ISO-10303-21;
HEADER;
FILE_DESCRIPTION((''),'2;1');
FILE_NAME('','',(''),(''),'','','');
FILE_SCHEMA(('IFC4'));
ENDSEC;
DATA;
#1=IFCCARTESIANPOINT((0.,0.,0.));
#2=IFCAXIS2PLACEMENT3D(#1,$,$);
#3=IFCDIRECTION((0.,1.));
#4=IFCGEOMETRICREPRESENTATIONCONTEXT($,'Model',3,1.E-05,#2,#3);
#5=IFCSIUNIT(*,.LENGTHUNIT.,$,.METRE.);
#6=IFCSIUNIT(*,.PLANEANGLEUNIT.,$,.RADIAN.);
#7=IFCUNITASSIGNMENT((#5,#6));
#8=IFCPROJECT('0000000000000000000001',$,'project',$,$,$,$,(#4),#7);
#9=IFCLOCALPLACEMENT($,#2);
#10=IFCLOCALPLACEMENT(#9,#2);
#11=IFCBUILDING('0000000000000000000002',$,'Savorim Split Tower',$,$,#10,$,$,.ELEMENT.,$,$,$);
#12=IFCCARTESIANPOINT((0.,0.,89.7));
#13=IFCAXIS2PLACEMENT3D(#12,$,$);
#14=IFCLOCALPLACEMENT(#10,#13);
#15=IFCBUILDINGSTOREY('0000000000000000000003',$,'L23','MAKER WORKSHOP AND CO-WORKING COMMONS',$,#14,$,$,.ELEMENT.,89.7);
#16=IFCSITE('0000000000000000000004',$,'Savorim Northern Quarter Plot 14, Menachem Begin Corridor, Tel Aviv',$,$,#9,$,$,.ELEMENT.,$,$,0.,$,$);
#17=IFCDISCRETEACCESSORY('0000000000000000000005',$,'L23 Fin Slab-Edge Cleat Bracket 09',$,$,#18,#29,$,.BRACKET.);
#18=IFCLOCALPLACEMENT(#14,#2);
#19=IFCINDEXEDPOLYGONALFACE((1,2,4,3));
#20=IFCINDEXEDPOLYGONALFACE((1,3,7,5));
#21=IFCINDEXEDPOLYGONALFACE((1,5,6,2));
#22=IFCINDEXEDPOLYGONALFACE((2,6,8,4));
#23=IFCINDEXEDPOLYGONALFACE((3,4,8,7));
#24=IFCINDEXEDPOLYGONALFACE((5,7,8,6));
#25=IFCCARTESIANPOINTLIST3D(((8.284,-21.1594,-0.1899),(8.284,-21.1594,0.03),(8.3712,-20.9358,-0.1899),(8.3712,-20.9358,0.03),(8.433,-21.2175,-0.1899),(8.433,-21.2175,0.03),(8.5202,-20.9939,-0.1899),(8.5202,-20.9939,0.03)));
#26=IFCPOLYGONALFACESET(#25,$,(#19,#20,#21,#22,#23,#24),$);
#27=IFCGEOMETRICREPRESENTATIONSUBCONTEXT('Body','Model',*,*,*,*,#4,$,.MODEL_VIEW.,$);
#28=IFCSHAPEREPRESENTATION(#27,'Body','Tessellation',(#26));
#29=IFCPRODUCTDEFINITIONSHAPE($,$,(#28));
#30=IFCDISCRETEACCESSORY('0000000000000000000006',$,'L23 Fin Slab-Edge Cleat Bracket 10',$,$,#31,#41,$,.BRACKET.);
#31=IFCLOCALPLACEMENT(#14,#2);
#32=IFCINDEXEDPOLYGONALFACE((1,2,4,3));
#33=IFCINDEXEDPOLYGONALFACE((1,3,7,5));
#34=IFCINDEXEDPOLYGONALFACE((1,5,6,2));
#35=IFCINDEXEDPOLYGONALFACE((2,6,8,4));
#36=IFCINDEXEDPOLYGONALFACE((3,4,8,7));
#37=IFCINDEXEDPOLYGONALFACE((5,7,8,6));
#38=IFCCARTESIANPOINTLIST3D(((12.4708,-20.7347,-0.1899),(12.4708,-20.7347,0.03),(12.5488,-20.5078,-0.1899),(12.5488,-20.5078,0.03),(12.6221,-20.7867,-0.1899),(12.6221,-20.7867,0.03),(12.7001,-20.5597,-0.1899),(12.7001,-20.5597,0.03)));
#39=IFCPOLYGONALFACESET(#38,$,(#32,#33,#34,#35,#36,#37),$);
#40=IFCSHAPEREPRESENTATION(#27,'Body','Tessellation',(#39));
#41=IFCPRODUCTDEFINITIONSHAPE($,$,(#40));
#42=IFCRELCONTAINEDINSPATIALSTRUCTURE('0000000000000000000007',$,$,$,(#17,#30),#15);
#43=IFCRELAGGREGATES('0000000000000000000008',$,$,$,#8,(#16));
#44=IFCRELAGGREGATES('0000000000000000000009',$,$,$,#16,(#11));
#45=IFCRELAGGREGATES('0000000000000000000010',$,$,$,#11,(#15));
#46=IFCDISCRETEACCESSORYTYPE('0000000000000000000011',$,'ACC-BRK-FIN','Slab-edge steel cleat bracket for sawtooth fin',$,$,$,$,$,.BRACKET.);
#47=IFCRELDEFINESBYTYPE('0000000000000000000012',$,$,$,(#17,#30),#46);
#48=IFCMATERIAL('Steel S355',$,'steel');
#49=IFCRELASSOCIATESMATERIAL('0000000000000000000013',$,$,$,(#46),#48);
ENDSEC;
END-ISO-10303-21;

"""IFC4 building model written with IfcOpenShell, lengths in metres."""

from ifc_helpers import new_model, si_unit, direction, frame, origin, origin_2d, place, context, subcontext, project, spatial, rectangle, extrude, material, type_object, element, save


model = new_model("IFC4")

# Units and contexts
model_context = context("Model", 3, precision=1e-05, world=origin(), true_north=direction((0.0, 1.0)))
body_context = subcontext(model_context, "Body", "Model", "MODEL_VIEW")
ifc_project = project(units=[si_unit("LENGTHUNIT", "METRE"), si_unit("PLANEANGLEUNIT", "RADIAN")], contexts=[model_context])

# Site, building, storey
site_placement = place(None, origin())
site = spatial("IfcSite", under=ifc_project, at=site_placement, Name="Savorim Northern Quarter Plot 14, Menachem Begin Corridor, Tel Aviv", CompositionType="ELEMENT", RefElevation=0.0)
building_placement = place(site_placement, origin())
building = spatial("IfcBuilding", under=site, at=building_placement, Name="Savorim Split Tower", CompositionType="ELEMENT")
storey_placement = place(building_placement, frame((0.0, 0.0, 89.7)))
storey = spatial("IfcBuildingStorey", under=building, at=storey_placement, Name="L23", Description="MAKER WORKSHOP AND CO-WORKING COMMONS", CompositionType="ELEMENT", Elevation=89.7)

# Shared definitions
ifc_material_1 = material(Name="Steel S355", Category="steel")

# Discrete accessories
discrete_accessory_type = type_object("IfcDiscreteAccessoryType", Name="ACC-BRK-FIN", Description="Slab-edge steel cleat bracket for sawtooth fin", PredefinedType="BRACKET", material=ifc_material_1)
for number, where, z_axis, x_axis, name in (
    (1, (8.4021, -21.0767, -0.1899), (0.0, 0.0, 1.0), (-0.363415, -0.931627, 0.0), "L23 Fin Slab-Edge Cleat Bracket 09"),
    (2, (12.5854, -20.6472, -0.1899), (0.0, 0.0, 1.0), (-0.324994, -0.945716, 0.0), "L23 Fin Slab-Edge Cleat Bracket 10"),
):
    element("IfcDiscreteAccessory", number, at=place(storey_placement, frame(where, z_axis=z_axis, x_axis=x_axis)), inside=storey, type_object=discrete_accessory_type, Name=name, PredefinedType="BRACKET", context=body_context, shape_type="SweptSolid", body=[
        extrude(rectangle(XDim=0.24, YDim=0.1599, at=origin_2d()), origin(), (0.0, 0.0, 1.0), 0.22),
    ])

save(model, "model.ifc")
